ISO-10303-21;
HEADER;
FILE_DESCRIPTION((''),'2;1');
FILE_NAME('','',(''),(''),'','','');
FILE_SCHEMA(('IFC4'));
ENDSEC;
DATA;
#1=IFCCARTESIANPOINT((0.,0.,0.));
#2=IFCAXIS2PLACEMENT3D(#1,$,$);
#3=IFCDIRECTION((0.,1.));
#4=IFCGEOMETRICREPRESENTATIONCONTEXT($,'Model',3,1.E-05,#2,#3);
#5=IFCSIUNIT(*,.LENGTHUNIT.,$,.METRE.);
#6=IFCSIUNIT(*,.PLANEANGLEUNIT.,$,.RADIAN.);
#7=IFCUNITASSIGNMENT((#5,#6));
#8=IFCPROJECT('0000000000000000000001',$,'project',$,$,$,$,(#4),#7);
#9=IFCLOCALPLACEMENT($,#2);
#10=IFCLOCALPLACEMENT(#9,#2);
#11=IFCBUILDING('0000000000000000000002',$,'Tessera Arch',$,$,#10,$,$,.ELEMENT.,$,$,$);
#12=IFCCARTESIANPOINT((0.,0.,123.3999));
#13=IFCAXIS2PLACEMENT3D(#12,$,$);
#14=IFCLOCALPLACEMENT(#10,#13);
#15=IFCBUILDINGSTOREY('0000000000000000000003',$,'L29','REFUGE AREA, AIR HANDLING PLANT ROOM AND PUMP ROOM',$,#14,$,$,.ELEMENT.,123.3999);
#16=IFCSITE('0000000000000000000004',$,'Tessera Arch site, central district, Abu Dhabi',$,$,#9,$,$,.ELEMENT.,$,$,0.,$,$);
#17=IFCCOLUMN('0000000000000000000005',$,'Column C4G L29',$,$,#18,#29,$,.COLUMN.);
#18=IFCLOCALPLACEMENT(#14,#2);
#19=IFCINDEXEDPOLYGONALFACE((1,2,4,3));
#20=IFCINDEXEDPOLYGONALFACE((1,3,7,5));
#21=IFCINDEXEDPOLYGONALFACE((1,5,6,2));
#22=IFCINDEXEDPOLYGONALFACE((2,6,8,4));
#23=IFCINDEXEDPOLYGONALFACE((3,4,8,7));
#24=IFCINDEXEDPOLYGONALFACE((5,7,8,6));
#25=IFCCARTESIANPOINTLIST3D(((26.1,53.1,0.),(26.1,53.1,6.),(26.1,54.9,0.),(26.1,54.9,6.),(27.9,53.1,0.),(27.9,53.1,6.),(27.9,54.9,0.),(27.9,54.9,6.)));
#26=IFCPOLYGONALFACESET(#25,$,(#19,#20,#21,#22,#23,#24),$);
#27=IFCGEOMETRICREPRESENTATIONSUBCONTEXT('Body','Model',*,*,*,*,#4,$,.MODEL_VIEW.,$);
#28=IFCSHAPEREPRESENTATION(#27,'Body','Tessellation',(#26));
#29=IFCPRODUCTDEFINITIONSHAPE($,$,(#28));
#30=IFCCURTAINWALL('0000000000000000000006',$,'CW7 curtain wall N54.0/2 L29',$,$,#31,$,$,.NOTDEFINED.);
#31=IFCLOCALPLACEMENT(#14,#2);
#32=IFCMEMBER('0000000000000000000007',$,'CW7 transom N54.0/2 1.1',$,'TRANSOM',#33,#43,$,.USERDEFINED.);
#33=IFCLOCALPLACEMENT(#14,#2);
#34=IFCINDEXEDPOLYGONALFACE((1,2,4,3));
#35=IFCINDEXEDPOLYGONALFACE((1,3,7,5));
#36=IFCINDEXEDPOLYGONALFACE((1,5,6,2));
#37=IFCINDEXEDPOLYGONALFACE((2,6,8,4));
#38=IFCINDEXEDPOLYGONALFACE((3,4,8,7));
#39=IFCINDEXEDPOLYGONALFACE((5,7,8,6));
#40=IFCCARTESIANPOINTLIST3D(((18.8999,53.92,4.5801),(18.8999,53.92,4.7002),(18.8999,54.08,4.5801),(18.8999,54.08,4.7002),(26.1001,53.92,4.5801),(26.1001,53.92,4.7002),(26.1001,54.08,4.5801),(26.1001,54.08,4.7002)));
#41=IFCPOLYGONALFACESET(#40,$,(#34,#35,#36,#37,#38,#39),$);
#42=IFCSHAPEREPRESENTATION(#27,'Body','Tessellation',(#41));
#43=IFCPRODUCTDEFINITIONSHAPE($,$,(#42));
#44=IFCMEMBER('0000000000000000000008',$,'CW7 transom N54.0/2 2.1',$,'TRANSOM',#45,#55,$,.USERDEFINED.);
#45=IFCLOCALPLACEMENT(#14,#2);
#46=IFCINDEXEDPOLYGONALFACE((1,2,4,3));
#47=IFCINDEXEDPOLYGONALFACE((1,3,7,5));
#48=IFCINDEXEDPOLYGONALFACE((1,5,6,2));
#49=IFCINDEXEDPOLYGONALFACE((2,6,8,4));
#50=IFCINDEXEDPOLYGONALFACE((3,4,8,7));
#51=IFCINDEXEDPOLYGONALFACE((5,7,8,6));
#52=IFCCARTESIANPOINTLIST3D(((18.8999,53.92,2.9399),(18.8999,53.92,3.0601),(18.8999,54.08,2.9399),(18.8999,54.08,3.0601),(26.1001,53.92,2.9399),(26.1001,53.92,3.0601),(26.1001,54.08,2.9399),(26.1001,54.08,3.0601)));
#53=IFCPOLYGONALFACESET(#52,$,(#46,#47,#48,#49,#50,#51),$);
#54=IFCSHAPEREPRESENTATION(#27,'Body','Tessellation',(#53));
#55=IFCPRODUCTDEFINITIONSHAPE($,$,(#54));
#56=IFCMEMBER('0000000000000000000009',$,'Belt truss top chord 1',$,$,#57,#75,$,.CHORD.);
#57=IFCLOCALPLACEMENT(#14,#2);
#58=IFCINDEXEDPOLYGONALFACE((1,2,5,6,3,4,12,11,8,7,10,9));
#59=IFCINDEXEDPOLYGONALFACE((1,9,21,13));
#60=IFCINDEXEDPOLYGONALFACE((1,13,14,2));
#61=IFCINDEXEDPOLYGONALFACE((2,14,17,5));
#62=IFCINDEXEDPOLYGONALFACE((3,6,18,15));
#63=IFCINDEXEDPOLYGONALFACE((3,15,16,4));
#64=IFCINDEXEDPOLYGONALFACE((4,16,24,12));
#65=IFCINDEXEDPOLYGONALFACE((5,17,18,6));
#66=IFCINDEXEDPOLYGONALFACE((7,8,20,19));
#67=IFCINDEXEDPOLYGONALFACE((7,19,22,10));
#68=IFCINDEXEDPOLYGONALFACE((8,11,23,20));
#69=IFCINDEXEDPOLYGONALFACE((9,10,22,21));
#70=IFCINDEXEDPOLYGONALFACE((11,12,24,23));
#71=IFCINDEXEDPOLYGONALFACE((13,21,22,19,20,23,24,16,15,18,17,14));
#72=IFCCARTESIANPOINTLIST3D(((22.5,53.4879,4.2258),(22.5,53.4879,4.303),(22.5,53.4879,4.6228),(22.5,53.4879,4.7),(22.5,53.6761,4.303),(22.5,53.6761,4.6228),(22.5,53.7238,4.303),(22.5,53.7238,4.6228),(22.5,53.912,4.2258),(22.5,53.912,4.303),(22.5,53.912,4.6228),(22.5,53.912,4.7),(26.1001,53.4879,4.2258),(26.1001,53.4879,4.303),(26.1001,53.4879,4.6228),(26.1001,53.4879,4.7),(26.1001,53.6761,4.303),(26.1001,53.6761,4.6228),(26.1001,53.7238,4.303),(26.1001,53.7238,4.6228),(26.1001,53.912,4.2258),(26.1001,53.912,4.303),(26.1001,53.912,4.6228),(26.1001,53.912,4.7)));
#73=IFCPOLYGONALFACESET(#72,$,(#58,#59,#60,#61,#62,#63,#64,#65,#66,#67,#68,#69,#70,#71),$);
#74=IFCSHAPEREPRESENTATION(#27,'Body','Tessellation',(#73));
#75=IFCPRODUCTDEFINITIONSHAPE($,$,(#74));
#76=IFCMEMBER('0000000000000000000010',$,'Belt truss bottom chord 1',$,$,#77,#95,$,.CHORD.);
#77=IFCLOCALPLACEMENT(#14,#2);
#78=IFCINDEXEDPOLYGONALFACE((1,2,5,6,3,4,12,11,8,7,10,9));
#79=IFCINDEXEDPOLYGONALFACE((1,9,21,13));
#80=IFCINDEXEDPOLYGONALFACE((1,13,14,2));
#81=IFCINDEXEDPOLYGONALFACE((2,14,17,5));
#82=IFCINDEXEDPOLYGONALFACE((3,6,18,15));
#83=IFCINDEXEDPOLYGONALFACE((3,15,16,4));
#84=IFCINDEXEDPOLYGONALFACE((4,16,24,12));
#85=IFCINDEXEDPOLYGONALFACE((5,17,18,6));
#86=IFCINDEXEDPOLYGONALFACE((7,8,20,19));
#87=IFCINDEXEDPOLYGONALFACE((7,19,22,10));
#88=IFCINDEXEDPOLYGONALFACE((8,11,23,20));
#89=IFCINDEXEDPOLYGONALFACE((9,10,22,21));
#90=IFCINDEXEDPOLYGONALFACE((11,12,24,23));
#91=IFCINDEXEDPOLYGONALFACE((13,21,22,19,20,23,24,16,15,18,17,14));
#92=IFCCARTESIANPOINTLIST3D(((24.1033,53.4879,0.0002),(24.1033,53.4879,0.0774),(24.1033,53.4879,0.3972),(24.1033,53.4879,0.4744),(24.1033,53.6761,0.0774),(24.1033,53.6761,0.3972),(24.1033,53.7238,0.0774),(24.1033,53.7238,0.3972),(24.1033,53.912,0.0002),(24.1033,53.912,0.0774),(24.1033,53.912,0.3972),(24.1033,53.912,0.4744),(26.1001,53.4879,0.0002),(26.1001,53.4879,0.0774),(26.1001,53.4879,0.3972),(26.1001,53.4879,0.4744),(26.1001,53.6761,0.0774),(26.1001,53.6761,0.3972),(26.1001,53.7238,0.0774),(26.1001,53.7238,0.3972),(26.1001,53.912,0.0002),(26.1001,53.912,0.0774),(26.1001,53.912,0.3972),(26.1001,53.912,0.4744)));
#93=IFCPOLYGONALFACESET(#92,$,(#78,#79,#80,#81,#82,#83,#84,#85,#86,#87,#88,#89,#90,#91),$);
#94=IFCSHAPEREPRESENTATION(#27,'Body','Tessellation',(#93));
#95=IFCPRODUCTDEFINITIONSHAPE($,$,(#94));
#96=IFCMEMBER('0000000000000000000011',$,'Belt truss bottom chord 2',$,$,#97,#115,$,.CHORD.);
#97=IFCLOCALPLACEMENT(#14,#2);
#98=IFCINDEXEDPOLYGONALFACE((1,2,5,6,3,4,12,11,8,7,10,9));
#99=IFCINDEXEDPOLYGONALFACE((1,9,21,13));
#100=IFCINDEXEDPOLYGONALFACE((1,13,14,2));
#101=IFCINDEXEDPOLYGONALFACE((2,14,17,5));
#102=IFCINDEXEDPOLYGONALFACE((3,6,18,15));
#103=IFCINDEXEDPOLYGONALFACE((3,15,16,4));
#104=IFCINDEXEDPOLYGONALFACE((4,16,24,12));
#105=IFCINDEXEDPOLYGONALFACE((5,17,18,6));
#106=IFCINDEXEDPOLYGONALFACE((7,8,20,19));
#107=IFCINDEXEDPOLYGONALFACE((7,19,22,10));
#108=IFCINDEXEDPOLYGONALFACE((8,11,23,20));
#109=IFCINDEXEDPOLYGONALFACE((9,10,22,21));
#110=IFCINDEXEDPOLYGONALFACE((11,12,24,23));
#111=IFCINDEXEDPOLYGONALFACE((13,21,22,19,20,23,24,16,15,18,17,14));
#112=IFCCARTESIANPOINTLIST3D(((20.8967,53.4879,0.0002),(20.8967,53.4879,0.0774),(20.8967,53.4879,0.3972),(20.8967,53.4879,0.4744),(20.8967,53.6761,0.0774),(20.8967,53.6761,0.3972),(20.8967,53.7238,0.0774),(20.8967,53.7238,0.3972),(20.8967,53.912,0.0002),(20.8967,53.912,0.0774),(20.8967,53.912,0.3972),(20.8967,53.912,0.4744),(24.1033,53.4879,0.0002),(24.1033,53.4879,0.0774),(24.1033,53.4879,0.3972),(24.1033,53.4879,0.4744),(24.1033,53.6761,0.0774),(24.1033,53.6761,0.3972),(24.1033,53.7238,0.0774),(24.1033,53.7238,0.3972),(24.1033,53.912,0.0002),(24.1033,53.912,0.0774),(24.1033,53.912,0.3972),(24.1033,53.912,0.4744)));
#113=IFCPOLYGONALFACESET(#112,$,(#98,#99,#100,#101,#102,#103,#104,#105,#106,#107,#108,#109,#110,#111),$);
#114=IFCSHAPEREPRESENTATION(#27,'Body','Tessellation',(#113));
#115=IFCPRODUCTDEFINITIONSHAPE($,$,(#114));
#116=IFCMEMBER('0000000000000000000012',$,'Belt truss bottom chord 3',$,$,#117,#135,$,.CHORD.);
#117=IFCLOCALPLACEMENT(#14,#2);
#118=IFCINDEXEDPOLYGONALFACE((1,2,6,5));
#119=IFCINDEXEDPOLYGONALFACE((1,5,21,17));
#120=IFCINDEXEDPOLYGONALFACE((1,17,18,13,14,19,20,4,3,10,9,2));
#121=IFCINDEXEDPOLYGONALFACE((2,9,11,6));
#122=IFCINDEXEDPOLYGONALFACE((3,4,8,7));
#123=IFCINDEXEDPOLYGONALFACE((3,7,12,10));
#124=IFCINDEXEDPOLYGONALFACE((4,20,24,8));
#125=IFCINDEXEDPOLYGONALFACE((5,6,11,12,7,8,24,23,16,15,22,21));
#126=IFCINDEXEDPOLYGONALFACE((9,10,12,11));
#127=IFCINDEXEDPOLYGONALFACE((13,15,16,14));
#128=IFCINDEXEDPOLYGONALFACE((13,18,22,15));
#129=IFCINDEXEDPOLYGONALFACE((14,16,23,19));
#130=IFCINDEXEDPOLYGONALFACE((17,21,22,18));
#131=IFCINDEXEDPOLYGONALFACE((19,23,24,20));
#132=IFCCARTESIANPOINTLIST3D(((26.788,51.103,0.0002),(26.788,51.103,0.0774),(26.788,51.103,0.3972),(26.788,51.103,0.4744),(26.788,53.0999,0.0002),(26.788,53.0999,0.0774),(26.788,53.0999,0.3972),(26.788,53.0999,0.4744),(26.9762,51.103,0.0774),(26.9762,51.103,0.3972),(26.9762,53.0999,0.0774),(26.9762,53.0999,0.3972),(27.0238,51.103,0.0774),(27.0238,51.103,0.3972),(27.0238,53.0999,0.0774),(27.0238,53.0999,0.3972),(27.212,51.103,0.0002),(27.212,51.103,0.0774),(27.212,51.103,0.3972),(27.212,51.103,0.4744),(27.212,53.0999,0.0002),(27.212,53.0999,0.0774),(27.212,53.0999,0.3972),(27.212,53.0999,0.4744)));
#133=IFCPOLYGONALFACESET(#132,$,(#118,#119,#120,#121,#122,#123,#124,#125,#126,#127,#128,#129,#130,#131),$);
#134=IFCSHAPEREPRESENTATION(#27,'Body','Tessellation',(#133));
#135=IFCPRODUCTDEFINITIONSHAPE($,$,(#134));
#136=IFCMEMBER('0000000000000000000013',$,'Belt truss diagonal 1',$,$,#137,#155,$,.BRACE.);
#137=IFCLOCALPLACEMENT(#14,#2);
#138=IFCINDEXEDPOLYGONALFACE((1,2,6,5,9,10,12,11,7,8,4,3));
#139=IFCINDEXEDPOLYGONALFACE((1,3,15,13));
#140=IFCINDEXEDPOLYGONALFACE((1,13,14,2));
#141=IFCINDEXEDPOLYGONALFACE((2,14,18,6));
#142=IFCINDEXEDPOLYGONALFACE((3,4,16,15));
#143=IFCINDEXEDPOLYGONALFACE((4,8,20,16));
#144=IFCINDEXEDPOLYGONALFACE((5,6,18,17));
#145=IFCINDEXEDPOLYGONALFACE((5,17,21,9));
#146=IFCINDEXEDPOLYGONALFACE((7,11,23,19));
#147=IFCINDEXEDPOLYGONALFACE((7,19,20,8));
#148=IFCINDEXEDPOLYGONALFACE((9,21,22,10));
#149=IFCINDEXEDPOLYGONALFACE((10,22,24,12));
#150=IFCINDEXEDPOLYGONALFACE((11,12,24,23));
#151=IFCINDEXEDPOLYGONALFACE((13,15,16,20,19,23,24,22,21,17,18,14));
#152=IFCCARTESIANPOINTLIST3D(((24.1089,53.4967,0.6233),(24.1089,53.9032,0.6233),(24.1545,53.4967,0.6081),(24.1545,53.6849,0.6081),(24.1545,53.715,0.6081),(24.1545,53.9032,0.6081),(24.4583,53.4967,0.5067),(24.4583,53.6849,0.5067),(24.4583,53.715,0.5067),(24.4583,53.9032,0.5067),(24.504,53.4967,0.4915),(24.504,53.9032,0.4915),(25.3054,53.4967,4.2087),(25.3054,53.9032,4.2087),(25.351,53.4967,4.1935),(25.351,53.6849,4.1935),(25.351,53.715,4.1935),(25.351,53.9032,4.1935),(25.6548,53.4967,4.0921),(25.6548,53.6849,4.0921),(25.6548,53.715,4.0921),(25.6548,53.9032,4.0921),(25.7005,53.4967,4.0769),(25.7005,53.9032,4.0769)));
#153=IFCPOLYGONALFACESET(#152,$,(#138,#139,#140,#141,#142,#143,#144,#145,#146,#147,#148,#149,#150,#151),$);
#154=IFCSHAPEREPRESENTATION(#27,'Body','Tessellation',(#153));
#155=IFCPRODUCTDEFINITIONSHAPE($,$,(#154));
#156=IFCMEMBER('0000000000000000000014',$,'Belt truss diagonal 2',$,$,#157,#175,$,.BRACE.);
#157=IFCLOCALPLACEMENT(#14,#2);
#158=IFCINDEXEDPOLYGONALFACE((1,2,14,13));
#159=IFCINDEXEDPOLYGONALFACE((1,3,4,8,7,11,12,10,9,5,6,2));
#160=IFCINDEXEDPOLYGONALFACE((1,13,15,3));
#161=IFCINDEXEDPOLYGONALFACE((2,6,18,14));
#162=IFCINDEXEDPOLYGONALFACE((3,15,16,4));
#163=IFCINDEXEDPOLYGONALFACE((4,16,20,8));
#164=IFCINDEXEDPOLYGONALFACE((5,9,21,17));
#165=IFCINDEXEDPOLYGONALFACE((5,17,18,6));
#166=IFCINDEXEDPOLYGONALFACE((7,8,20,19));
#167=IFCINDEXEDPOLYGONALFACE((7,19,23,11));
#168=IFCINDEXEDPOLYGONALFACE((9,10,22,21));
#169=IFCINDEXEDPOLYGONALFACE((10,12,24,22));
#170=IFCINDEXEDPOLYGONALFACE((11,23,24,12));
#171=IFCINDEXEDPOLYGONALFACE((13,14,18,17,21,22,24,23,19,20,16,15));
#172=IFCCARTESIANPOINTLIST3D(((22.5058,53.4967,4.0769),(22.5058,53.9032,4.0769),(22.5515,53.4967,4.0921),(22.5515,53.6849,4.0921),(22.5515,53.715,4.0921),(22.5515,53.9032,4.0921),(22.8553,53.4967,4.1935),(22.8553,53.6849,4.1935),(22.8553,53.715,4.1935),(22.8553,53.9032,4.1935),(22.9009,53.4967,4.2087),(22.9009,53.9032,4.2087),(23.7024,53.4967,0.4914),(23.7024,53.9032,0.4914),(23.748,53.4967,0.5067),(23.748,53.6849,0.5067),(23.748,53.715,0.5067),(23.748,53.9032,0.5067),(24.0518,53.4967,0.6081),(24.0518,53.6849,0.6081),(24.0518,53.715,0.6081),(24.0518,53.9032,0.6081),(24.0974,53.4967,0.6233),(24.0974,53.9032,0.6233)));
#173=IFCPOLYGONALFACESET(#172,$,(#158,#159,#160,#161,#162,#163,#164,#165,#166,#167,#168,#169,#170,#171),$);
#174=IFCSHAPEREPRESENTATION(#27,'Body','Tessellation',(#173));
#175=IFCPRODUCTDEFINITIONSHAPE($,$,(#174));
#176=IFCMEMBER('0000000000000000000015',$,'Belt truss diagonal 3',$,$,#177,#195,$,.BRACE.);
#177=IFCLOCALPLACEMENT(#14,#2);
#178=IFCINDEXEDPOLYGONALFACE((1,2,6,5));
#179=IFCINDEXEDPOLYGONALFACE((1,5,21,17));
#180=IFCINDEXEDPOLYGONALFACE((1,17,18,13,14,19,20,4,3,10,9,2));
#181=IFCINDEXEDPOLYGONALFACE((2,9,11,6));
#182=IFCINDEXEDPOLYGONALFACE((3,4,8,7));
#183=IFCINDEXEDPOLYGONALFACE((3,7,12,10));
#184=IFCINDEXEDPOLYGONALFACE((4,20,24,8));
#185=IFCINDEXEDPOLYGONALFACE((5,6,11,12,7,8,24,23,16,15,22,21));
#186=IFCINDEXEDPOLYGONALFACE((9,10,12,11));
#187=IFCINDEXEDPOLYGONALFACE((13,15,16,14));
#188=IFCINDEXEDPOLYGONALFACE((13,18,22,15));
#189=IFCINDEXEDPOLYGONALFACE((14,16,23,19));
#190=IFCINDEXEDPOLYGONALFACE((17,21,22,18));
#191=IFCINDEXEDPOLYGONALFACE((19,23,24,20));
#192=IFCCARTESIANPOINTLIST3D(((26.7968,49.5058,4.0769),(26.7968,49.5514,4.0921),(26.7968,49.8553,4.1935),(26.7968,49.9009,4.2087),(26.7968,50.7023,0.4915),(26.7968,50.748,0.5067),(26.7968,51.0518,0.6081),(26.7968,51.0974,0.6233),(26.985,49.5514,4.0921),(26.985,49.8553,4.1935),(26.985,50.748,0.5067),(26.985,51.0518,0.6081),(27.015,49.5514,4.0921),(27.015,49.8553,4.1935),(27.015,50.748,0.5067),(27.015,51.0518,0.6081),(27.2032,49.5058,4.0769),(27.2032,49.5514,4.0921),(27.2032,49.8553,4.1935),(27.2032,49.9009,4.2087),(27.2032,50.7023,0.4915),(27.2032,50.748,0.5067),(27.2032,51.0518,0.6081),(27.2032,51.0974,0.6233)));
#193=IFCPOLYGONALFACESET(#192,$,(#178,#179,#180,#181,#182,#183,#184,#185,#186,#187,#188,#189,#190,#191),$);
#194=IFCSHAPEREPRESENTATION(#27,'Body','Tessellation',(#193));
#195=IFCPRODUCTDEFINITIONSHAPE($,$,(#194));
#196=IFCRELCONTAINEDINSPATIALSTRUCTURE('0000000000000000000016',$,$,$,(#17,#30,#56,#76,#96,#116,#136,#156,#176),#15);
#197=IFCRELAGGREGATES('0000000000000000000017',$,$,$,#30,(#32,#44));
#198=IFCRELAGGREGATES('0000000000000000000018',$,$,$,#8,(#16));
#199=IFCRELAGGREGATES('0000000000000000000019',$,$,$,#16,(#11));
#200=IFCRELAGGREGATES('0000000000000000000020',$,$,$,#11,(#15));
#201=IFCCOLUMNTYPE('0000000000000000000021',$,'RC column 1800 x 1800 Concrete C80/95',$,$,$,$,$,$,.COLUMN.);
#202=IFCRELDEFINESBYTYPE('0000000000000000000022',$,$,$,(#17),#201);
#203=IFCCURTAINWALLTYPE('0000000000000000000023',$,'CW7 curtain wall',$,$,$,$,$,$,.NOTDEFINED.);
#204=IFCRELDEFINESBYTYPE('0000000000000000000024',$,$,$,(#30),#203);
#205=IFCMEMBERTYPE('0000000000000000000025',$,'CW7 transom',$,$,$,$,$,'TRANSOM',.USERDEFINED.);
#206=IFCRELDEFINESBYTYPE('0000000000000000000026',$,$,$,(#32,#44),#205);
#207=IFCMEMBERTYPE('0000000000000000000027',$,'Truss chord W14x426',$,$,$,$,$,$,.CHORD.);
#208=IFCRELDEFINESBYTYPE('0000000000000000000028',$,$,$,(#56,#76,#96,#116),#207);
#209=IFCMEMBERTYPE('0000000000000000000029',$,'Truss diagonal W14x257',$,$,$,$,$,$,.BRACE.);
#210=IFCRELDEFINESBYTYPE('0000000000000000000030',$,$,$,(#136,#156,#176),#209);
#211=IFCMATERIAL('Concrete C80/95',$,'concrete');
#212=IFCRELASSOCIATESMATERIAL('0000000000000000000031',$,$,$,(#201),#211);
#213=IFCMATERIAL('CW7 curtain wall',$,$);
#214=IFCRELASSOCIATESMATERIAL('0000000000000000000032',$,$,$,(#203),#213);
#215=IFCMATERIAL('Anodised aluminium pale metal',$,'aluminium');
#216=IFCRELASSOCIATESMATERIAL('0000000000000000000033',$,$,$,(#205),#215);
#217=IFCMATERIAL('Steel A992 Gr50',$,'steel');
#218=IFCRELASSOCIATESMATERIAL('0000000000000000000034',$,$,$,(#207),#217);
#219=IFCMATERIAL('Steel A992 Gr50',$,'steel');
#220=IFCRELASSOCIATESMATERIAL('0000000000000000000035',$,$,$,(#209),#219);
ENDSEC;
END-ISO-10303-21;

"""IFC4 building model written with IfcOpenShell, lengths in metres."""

from ifc_helpers import new_model, si_unit, direction, frame, origin, origin_2d, place, context, subcontext, project, spatial, rectangle, i_section, extrude, material, material_profile, profile_set, type_object, element, aggregate, save


model = new_model("IFC4")

# Units and contexts
model_context = context("Model", 3, precision=1e-05, world=origin(), true_north=direction((0.0, 1.0)))
body_context = subcontext(model_context, "Body", "Model", "MODEL_VIEW")
ifc_project = project(units=[si_unit("LENGTHUNIT", "METRE"), si_unit("PLANEANGLEUNIT", "RADIAN")], contexts=[model_context])

# Site, building, storey
site_placement = place(None, origin())
site = spatial("IfcSite", under=ifc_project, at=site_placement, Name="Tessera Arch site, central district, Abu Dhabi", CompositionType="ELEMENT", RefElevation=0.0)
building_placement = place(site_placement, origin())
building = spatial("IfcBuilding", under=site, at=building_placement, Name="Tessera Arch", CompositionType="ELEMENT")
storey_placement = place(building_placement, frame((0.0, 0.0, 123.3999)))
storey = spatial("IfcBuildingStorey", under=building, at=storey_placement, Name="L29", Description="REFUGE AREA, AIR HANDLING PLANT ROOM AND PUMP ROOM", CompositionType="ELEMENT", Elevation=123.3999)

# Column
ifc_material_1 = material(Name="Concrete C80/95", Category="concrete")
ifc_material_profile_1 = material_profile(ifc_material_1, rectangle(XDim=1.8, YDim=1.8, at=origin_2d()), Name="RC column 1800 x 1800 Concrete C80/95")
ifc_profile_set_1 = profile_set([ifc_material_profile_1], Name="Concrete C80/95")
column_type = type_object("IfcColumnType", Name="RC column 1800 x 1800 Concrete C80/95", PredefinedType="COLUMN", material=ifc_profile_set_1)
column_placement = place(storey_placement, frame((27.0, 54.0, 0.0), z_axis=(0.0, 0.0, 1.0), x_axis=(1.0, 0.0, 0.0)))
element("IfcColumn", 1, at=column_placement, inside=storey, type_object=column_type, Name="Column C4G L29", PredefinedType="COLUMN", context=body_context, shape_type="SweptSolid", body=[
    extrude(rectangle(XDim=1.8, YDim=1.8, at=origin_2d()), origin(), (0.0, 0.0, 1.0), 6.0),
])

# Curtain wall, members
ifc_material_2 = material(Name="CW7 curtain wall")
curtain_wall_type = type_object("IfcCurtainWallType", Name="CW7 curtain wall", PredefinedType="NOTDEFINED", material=ifc_material_2)
curtain_wall_placement = place(storey_placement, origin())
curtain_wall = element("IfcCurtainWall", 2, at=curtain_wall_placement, inside=storey, type_object=curtain_wall_type, Name="CW7 curtain wall N54.0/2 L29", PredefinedType="NOTDEFINED")
ifc_material_3 = material(Name="Anodised aluminium pale metal", Category="aluminium")
ifc_material_profile_2 = material_profile(ifc_material_3, rectangle(XDim=0.1599, YDim=0.1201, at=origin_2d()), Name="AL 160x120")
ifc_profile_set_2 = profile_set([ifc_material_profile_2], Name="Anodised aluminium pale metal")
member_type_1 = type_object("IfcMemberType", Name="CW7 transom", ElementType="TRANSOM", PredefinedType="USERDEFINED", material=ifc_profile_set_2)
member_1_placement = place(storey_placement, frame((26.1001, 54.0, 4.6401), z_axis=(-1.0, 0.0, 0.0), x_axis=(0.0, -1.0, 0.0)))
member_1 = element("IfcMember", 3, at=member_1_placement, type_object=member_type_1, Name="CW7 transom N54.0/2 1.1", ObjectType="TRANSOM", PredefinedType="USERDEFINED", context=body_context, shape_type="SweptSolid", body=[
    extrude(rectangle(XDim=0.1599, YDim=0.1201, at=origin_2d()), origin(), (0.0, 0.0, 1.0), 7.2002),
])
member_2_placement = place(storey_placement, frame((26.1001, 54.0, 3.0), z_axis=(-1.0, 0.0, 0.0), x_axis=(0.0, -1.0, 0.0)))
member_2 = element("IfcMember", 4, at=member_2_placement, type_object=member_type_1, Name="CW7 transom N54.0/2 2.1", ObjectType="TRANSOM", PredefinedType="USERDEFINED", context=body_context, shape_type="SweptSolid", body=[
    extrude(rectangle(XDim=0.1599, YDim=0.1201, at=origin_2d()), origin(), (0.0, 0.0, 1.0), 7.2002),
])

# Members
ifc_material_4 = material(Name="Steel A992 Gr50", Category="steel")
ifc_material_profile_3 = material_profile(ifc_material_4, i_section(OverallWidth=0.4241, OverallDepth=0.4741, WebThickness=0.0476, FlangeThickness=0.0771, at=origin_2d()), Name="W14x426")
ifc_profile_set_3 = profile_set([ifc_material_profile_3], Name="Steel A992 Gr50")
member_type_2 = type_object("IfcMemberType", Name="Truss chord W14x426", PredefinedType="CHORD", material=ifc_profile_set_3)
member_3_placement = place(storey_placement, frame((26.1001, 53.7, 4.4629), z_axis=(-1.0, 0.0, 0.0), x_axis=(0.0, -1.0, 0.0)))
element("IfcMember", 5, at=member_3_placement, inside=storey, type_object=member_type_2, Name="Belt truss top chord 1", PredefinedType="CHORD", context=body_context, shape_type="SweptSolid", body=[
    extrude(i_section(OverallWidth=0.4241, OverallDepth=0.4741, WebThickness=0.0476, FlangeThickness=0.0771, at=origin_2d()), origin(), (0.0, 0.0, 1.0), 3.6001),
])
member_4_placement = place(storey_placement, frame((26.1001, 53.7, 0.2373), z_axis=(-1.0, 0.0, 0.0), x_axis=(0.0, -1.0, 0.0)))
element("IfcMember", 6, at=member_4_placement, inside=storey, type_object=member_type_2, Name="Belt truss bottom chord 1", PredefinedType="CHORD", context=body_context, shape_type="SweptSolid", body=[
    extrude(i_section(OverallWidth=0.4241, OverallDepth=0.4741, WebThickness=0.0476, FlangeThickness=0.0771, at=origin_2d()), origin(), (0.0, 0.0, 1.0), 1.9968),
])
member_5_placement = place(storey_placement, frame((24.1033, 53.7, 0.2373), z_axis=(-1.0, 0.0, 0.0), x_axis=(0.0, -1.0, 0.0)))
element("IfcMember", 7, at=member_5_placement, inside=storey, type_object=member_type_2, Name="Belt truss bottom chord 2", PredefinedType="CHORD", context=body_context, shape_type="SweptSolid", body=[
    extrude(i_section(OverallWidth=0.4241, OverallDepth=0.4741, WebThickness=0.0476, FlangeThickness=0.0771, at=origin_2d()), origin(), (0.0, 0.0, 1.0), 3.2065),
])
member_6_placement = place(storey_placement, frame((27.0, 51.103, 0.2373), z_axis=(0.0, 1.0, 0.0), x_axis=(-1.0, 0.0, 0.0)))
element("IfcMember", 8, at=member_6_placement, inside=storey, type_object=member_type_2, Name="Belt truss bottom chord 3", PredefinedType="CHORD", context=body_context, shape_type="SweptSolid", body=[
    extrude(i_section(OverallWidth=0.4241, OverallDepth=0.4741, WebThickness=0.0476, FlangeThickness=0.0771, at=origin_2d()), origin(), (0.0, 0.0, 1.0), 1.9968),
])
ifc_material_5 = material(Name="Steel A992 Gr50", Category="steel")
ifc_material_profile_4 = material_profile(ifc_material_5, i_section(OverallWidth=0.4065, OverallDepth=0.4165, WebThickness=0.03, FlangeThickness=0.0481, at=origin_2d()), Name="W14x257")
ifc_profile_set_4 = profile_set([ifc_material_profile_4], Name="Steel A992 Gr50")
member_type_3 = type_object("IfcMemberType", Name="Truss diagonal W14x257", PredefinedType="BRACE", material=ifc_profile_set_4)
for number, where, z_axis, x_axis, name in (
    (9, (25.5029, 53.7, 4.1428), (-0.316557, 0.0, -0.948573), (0.0, -1.0, 0.0), "Belt truss diagonal 1"),
    (10, (23.8999, 53.7, 0.5574), (-0.316557, 0.0, 0.948573), (0.0, -1.0, 0.0), "Belt truss diagonal 2"),
    (11, (27.0, 49.7034, 4.1428), (0.0, 0.316557, -0.948573), (-1.0, 0.0, 0.0), "Belt truss diagonal 3"),
):
    element("IfcMember", number, at=place(storey_placement, frame(where, z_axis=z_axis, x_axis=x_axis)), inside=storey, type_object=member_type_3, Name=name, PredefinedType="BRACE", context=body_context, shape_type="SweptSolid", body=[
        extrude(i_section(OverallWidth=0.4065, OverallDepth=0.4165, WebThickness=0.03, FlangeThickness=0.0481, at=origin_2d()), origin(), (0.0, 0.0, 1.0), 3.7798),
    ])

aggregate(curtain_wall, [member_1, member_2])

save(model, "model.ifc")
